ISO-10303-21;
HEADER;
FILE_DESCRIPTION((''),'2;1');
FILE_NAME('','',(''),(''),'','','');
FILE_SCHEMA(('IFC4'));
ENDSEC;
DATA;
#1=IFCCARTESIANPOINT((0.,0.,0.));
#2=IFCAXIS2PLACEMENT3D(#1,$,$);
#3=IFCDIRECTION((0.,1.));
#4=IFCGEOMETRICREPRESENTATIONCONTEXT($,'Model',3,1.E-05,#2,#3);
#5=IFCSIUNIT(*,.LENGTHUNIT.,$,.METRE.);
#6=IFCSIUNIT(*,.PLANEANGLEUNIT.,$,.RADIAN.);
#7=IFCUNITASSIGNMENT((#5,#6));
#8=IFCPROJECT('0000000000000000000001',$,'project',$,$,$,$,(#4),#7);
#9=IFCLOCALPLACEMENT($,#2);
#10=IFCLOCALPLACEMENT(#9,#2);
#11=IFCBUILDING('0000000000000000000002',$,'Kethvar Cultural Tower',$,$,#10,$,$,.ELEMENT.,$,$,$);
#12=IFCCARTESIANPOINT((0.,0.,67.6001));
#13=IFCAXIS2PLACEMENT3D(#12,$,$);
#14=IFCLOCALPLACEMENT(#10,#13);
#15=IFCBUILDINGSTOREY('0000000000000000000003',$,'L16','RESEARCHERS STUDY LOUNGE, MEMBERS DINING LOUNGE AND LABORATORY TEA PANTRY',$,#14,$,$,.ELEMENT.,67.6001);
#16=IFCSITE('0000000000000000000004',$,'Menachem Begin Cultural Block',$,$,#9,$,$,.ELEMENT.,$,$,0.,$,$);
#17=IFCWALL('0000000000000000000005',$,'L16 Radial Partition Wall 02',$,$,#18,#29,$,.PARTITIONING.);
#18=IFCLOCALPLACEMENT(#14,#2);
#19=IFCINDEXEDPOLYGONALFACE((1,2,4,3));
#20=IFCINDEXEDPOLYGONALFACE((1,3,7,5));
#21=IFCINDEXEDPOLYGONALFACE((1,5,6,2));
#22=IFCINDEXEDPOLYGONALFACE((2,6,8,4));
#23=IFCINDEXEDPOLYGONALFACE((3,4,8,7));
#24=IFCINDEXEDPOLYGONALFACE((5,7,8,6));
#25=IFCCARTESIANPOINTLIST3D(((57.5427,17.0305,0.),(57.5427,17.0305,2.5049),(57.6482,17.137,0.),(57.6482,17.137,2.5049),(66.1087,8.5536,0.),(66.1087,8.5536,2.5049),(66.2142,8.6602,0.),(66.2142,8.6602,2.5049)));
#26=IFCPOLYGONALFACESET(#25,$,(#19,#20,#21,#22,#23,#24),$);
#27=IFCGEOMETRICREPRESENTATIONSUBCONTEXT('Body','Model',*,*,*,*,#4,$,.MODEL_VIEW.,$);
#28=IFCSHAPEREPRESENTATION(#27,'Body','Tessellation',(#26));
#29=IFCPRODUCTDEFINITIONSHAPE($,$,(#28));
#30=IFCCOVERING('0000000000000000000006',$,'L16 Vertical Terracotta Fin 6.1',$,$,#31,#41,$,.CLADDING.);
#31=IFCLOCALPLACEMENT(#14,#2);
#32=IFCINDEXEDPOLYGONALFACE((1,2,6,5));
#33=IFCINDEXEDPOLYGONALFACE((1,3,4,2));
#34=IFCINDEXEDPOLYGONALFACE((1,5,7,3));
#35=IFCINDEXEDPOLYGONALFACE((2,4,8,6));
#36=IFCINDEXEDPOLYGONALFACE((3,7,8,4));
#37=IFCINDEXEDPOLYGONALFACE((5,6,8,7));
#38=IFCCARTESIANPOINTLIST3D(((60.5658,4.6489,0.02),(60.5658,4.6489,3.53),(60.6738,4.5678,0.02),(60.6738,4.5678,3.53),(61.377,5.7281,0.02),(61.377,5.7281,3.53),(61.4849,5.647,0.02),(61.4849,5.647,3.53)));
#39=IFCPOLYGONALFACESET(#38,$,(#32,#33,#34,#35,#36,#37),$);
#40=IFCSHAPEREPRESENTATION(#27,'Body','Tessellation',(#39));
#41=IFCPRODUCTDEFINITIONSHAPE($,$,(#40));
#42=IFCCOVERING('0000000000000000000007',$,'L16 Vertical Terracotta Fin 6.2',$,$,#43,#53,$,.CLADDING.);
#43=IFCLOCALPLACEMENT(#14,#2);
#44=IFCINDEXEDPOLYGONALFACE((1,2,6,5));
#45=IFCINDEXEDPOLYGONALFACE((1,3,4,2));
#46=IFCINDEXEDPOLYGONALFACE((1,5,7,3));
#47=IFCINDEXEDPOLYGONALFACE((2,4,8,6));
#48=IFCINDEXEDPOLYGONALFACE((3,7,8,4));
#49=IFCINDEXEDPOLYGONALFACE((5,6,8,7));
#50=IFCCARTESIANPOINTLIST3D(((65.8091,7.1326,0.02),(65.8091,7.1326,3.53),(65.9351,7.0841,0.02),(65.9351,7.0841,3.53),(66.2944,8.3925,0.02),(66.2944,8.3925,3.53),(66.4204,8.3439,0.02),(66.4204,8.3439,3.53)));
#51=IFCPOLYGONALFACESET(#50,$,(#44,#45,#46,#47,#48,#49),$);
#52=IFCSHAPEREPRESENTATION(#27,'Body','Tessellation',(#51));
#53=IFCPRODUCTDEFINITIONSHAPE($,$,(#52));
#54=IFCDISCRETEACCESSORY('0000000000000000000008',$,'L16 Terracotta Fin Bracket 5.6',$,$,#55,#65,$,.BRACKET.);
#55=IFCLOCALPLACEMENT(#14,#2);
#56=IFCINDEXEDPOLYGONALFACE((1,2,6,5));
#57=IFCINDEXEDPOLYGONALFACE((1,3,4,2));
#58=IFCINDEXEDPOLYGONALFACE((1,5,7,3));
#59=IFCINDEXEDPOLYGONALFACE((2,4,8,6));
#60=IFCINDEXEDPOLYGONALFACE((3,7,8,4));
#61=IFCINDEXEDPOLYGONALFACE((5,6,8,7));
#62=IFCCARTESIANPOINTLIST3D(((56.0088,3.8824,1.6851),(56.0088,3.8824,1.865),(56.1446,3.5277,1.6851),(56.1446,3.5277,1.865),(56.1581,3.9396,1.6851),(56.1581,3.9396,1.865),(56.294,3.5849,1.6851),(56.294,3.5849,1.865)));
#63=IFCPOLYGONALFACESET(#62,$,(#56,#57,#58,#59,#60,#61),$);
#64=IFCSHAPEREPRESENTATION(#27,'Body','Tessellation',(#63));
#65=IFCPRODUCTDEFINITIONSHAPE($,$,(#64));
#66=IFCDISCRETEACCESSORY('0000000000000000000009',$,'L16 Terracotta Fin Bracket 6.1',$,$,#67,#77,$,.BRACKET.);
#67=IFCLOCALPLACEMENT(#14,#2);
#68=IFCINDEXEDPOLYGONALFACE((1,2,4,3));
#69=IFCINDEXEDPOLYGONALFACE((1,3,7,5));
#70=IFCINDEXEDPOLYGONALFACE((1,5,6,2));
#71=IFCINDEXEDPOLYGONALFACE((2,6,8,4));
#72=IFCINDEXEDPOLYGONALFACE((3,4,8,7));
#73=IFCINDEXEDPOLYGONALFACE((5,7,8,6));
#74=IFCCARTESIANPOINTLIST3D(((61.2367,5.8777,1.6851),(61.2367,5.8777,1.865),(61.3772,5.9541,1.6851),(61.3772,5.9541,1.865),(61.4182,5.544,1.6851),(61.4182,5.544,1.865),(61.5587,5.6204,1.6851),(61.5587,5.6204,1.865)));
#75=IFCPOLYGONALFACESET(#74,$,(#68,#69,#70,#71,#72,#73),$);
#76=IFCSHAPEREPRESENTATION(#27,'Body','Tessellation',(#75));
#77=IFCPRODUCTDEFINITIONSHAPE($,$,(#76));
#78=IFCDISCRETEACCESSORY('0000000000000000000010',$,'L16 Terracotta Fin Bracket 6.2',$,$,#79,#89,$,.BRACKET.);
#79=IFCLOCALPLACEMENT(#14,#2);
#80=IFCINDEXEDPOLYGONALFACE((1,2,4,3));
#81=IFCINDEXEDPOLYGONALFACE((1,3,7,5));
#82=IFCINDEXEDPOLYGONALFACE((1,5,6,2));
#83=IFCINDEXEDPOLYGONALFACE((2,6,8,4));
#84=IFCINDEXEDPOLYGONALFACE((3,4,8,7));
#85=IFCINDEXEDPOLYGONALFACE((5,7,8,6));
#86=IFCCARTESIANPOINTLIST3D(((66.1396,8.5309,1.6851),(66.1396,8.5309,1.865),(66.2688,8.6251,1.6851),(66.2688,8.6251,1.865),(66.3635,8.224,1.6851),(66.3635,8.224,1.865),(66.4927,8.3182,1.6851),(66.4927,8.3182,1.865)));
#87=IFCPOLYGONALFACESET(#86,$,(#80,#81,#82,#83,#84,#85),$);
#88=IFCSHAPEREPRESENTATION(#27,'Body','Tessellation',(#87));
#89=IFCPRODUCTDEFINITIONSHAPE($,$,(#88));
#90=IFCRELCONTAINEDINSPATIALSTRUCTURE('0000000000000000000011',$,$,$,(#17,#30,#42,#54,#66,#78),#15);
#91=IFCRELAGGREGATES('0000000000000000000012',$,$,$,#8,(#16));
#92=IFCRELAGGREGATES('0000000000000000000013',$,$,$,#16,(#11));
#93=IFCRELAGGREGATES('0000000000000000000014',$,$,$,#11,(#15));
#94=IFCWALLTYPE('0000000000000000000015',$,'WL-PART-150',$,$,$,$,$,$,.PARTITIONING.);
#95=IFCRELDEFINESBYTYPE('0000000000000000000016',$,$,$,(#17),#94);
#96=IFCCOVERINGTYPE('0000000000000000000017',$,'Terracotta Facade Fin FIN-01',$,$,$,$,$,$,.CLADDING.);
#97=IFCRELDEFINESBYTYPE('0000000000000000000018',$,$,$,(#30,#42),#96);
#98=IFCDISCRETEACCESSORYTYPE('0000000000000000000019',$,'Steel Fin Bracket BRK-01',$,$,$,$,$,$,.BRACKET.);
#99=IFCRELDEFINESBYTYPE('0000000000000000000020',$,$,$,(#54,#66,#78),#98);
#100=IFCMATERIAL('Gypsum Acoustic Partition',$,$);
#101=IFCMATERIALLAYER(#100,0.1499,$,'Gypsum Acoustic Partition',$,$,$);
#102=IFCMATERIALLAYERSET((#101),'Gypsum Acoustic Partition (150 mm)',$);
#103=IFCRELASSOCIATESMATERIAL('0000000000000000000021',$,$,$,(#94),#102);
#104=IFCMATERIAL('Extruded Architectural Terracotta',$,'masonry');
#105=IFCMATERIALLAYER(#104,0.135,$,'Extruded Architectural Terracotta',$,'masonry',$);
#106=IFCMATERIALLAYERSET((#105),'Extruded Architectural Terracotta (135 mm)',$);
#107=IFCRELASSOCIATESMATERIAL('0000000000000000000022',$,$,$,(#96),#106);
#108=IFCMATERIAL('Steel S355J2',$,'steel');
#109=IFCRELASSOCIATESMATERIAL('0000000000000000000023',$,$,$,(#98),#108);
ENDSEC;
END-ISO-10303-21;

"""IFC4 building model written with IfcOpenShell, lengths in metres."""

from ifc_helpers import new_model, si_unit, direction, frame, frame_2d, origin, origin_2d, place, context, subcontext, project, spatial, rectangle, extrude, source, transform, mapped, material, layer, layer_set, type_object, element, save


model = new_model("IFC4")

# Units and contexts
model_context = context("Model", 3, precision=1e-05, world=origin(), true_north=direction((0.0, 1.0)))
body_context = subcontext(model_context, "Body", "Model", "MODEL_VIEW")
ifc_project = project(units=[si_unit("LENGTHUNIT", "METRE"), si_unit("PLANEANGLEUNIT", "RADIAN")], contexts=[model_context])

# Site, building, storey
site_placement = place(None, origin())
site = spatial("IfcSite", under=ifc_project, at=site_placement, Name="Menachem Begin Cultural Block", CompositionType="ELEMENT", RefElevation=0.0)
building_placement = place(site_placement, origin())
building = spatial("IfcBuilding", under=site, at=building_placement, Name="Kethvar Cultural Tower", CompositionType="ELEMENT")
storey_placement = place(building_placement, frame((0.0, 0.0, 67.6001)))
storey = spatial("IfcBuildingStorey", under=building, at=storey_placement, Name="L16", Description="RESEARCHERS STUDY LOUNGE, MEMBERS DINING LOUNGE AND LABORATORY TEA PANTRY", CompositionType="ELEMENT", Elevation=67.6001)

# Shared definitions
ifc_material_1 = material(Name="Steel S355J2", Category="steel")

# Wall
ifc_material_2 = material(Name="Gypsum Acoustic Partition")
ifc_layer_1 = layer(ifc_material_2, 0.1499, Name="Gypsum Acoustic Partition")
ifc_layer_set_1 = layer_set([ifc_layer_1], Name="Gypsum Acoustic Partition (150 mm)")
wall_type_1 = type_object("IfcWallType", Name="WL-PART-150", PredefinedType="PARTITIONING", material=ifc_layer_set_1)
wall_1_placement = place(storey_placement, frame((57.5955, 17.0837, 0.0), z_axis=(0.0, 0.0, 1.0), x_axis=(0.710794, -0.7034, 0.0)))
element("IfcWall", 1, at=wall_1_placement, inside=storey, type_object=wall_type_1, Name="L16 Radial Partition Wall 02", PredefinedType="PARTITIONING", context=body_context, shape_type="SweptSolid", body=[
    extrude(rectangle(XDim=12.0513, YDim=0.1499, at=frame_2d((6.0256, 0.0))), origin(), (0.0, 0.0, 1.0), 2.5049),
])

# Coverings
ifc_material_3 = material(Name="Extruded Architectural Terracotta", Category="masonry")
ifc_layer_2 = layer(ifc_material_3, 0.135, Name="Extruded Architectural Terracotta", Category="masonry")
ifc_layer_set_2 = layer_set([ifc_layer_2], Name="Extruded Architectural Terracotta (135 mm)")
covering_type = type_object("IfcCoveringType", Name="Terracotta Facade Fin FIN-01", PredefinedType="CLADDING", material=ifc_layer_set_2)
shared_shape_1 = source(origin(), body_context, "Body", "SweptSolid", [
    extrude(rectangle(XDim=1.3501, YDim=0.135, at=origin_2d()), origin(), (0.0, 0.0, 1.0), 3.51),
])
for number, where, z_axis, x_axis, name in (
    (2, (61.0254, 5.1479, 0.02), (0.0, 0.0, 1.0), (-0.600839, -0.79937, 0.0), "L16 Vertical Terracotta Fin 6.1"),
    (3, (66.1147, 7.7383, 0.02), (0.0, 0.0, 1.0), (-0.359508, -0.933142, 0.0), "L16 Vertical Terracotta Fin 6.2"),
):
    element("IfcCovering", number, at=place(storey_placement, frame(where, z_axis=z_axis, x_axis=x_axis)), inside=storey, type_object=covering_type, Name=name, PredefinedType="CLADDING", context=body_context, shape_type="MappedRepresentation", body=[
        mapped(shared_shape_1, transform((0.0, 0.0, 0.0), scale=1.0)),
    ])

# Discrete accessories
discrete_accessory_type = type_object("IfcDiscreteAccessoryType", Name="Steel Fin Bracket BRK-01", PredefinedType="BRACKET", material=ifc_material_1)
shared_shape_2 = source(origin(), body_context, "Body", "SweptSolid", [
    extrude(rectangle(XDim=0.3799, YDim=0.1599, at=origin_2d()), origin(), (0.0, 0.0, 1.0), 0.1799),
])
for number, where, z_axis, x_axis, name in (
    (4, (56.1514, 3.7336, 1.6851), (0.0, 0.0, 1.0), (0.357716, -0.93383, 0.0), "L16 Terracotta Fin Bracket 5.6"),
    (5, (61.3977, 5.749, 1.6851), (0.0, 0.0, 1.0), (0.477772, -0.878484, 0.0), "L16 Terracotta Fin Bracket 6.1"),
    (6, (66.3162, 8.4246, 1.6851), (0.0, 0.0, 1.0), (0.589337, -0.807887, 0.0), "L16 Terracotta Fin Bracket 6.2"),
):
    element("IfcDiscreteAccessory", number, at=place(storey_placement, frame(where, z_axis=z_axis, x_axis=x_axis)), inside=storey, type_object=discrete_accessory_type, Name=name, PredefinedType="BRACKET", context=body_context, shape_type="MappedRepresentation", body=[
        mapped(shared_shape_2, transform((0.0, 0.0, 0.0), scale=1.0)),
    ])

save(model, "model.ifc")
